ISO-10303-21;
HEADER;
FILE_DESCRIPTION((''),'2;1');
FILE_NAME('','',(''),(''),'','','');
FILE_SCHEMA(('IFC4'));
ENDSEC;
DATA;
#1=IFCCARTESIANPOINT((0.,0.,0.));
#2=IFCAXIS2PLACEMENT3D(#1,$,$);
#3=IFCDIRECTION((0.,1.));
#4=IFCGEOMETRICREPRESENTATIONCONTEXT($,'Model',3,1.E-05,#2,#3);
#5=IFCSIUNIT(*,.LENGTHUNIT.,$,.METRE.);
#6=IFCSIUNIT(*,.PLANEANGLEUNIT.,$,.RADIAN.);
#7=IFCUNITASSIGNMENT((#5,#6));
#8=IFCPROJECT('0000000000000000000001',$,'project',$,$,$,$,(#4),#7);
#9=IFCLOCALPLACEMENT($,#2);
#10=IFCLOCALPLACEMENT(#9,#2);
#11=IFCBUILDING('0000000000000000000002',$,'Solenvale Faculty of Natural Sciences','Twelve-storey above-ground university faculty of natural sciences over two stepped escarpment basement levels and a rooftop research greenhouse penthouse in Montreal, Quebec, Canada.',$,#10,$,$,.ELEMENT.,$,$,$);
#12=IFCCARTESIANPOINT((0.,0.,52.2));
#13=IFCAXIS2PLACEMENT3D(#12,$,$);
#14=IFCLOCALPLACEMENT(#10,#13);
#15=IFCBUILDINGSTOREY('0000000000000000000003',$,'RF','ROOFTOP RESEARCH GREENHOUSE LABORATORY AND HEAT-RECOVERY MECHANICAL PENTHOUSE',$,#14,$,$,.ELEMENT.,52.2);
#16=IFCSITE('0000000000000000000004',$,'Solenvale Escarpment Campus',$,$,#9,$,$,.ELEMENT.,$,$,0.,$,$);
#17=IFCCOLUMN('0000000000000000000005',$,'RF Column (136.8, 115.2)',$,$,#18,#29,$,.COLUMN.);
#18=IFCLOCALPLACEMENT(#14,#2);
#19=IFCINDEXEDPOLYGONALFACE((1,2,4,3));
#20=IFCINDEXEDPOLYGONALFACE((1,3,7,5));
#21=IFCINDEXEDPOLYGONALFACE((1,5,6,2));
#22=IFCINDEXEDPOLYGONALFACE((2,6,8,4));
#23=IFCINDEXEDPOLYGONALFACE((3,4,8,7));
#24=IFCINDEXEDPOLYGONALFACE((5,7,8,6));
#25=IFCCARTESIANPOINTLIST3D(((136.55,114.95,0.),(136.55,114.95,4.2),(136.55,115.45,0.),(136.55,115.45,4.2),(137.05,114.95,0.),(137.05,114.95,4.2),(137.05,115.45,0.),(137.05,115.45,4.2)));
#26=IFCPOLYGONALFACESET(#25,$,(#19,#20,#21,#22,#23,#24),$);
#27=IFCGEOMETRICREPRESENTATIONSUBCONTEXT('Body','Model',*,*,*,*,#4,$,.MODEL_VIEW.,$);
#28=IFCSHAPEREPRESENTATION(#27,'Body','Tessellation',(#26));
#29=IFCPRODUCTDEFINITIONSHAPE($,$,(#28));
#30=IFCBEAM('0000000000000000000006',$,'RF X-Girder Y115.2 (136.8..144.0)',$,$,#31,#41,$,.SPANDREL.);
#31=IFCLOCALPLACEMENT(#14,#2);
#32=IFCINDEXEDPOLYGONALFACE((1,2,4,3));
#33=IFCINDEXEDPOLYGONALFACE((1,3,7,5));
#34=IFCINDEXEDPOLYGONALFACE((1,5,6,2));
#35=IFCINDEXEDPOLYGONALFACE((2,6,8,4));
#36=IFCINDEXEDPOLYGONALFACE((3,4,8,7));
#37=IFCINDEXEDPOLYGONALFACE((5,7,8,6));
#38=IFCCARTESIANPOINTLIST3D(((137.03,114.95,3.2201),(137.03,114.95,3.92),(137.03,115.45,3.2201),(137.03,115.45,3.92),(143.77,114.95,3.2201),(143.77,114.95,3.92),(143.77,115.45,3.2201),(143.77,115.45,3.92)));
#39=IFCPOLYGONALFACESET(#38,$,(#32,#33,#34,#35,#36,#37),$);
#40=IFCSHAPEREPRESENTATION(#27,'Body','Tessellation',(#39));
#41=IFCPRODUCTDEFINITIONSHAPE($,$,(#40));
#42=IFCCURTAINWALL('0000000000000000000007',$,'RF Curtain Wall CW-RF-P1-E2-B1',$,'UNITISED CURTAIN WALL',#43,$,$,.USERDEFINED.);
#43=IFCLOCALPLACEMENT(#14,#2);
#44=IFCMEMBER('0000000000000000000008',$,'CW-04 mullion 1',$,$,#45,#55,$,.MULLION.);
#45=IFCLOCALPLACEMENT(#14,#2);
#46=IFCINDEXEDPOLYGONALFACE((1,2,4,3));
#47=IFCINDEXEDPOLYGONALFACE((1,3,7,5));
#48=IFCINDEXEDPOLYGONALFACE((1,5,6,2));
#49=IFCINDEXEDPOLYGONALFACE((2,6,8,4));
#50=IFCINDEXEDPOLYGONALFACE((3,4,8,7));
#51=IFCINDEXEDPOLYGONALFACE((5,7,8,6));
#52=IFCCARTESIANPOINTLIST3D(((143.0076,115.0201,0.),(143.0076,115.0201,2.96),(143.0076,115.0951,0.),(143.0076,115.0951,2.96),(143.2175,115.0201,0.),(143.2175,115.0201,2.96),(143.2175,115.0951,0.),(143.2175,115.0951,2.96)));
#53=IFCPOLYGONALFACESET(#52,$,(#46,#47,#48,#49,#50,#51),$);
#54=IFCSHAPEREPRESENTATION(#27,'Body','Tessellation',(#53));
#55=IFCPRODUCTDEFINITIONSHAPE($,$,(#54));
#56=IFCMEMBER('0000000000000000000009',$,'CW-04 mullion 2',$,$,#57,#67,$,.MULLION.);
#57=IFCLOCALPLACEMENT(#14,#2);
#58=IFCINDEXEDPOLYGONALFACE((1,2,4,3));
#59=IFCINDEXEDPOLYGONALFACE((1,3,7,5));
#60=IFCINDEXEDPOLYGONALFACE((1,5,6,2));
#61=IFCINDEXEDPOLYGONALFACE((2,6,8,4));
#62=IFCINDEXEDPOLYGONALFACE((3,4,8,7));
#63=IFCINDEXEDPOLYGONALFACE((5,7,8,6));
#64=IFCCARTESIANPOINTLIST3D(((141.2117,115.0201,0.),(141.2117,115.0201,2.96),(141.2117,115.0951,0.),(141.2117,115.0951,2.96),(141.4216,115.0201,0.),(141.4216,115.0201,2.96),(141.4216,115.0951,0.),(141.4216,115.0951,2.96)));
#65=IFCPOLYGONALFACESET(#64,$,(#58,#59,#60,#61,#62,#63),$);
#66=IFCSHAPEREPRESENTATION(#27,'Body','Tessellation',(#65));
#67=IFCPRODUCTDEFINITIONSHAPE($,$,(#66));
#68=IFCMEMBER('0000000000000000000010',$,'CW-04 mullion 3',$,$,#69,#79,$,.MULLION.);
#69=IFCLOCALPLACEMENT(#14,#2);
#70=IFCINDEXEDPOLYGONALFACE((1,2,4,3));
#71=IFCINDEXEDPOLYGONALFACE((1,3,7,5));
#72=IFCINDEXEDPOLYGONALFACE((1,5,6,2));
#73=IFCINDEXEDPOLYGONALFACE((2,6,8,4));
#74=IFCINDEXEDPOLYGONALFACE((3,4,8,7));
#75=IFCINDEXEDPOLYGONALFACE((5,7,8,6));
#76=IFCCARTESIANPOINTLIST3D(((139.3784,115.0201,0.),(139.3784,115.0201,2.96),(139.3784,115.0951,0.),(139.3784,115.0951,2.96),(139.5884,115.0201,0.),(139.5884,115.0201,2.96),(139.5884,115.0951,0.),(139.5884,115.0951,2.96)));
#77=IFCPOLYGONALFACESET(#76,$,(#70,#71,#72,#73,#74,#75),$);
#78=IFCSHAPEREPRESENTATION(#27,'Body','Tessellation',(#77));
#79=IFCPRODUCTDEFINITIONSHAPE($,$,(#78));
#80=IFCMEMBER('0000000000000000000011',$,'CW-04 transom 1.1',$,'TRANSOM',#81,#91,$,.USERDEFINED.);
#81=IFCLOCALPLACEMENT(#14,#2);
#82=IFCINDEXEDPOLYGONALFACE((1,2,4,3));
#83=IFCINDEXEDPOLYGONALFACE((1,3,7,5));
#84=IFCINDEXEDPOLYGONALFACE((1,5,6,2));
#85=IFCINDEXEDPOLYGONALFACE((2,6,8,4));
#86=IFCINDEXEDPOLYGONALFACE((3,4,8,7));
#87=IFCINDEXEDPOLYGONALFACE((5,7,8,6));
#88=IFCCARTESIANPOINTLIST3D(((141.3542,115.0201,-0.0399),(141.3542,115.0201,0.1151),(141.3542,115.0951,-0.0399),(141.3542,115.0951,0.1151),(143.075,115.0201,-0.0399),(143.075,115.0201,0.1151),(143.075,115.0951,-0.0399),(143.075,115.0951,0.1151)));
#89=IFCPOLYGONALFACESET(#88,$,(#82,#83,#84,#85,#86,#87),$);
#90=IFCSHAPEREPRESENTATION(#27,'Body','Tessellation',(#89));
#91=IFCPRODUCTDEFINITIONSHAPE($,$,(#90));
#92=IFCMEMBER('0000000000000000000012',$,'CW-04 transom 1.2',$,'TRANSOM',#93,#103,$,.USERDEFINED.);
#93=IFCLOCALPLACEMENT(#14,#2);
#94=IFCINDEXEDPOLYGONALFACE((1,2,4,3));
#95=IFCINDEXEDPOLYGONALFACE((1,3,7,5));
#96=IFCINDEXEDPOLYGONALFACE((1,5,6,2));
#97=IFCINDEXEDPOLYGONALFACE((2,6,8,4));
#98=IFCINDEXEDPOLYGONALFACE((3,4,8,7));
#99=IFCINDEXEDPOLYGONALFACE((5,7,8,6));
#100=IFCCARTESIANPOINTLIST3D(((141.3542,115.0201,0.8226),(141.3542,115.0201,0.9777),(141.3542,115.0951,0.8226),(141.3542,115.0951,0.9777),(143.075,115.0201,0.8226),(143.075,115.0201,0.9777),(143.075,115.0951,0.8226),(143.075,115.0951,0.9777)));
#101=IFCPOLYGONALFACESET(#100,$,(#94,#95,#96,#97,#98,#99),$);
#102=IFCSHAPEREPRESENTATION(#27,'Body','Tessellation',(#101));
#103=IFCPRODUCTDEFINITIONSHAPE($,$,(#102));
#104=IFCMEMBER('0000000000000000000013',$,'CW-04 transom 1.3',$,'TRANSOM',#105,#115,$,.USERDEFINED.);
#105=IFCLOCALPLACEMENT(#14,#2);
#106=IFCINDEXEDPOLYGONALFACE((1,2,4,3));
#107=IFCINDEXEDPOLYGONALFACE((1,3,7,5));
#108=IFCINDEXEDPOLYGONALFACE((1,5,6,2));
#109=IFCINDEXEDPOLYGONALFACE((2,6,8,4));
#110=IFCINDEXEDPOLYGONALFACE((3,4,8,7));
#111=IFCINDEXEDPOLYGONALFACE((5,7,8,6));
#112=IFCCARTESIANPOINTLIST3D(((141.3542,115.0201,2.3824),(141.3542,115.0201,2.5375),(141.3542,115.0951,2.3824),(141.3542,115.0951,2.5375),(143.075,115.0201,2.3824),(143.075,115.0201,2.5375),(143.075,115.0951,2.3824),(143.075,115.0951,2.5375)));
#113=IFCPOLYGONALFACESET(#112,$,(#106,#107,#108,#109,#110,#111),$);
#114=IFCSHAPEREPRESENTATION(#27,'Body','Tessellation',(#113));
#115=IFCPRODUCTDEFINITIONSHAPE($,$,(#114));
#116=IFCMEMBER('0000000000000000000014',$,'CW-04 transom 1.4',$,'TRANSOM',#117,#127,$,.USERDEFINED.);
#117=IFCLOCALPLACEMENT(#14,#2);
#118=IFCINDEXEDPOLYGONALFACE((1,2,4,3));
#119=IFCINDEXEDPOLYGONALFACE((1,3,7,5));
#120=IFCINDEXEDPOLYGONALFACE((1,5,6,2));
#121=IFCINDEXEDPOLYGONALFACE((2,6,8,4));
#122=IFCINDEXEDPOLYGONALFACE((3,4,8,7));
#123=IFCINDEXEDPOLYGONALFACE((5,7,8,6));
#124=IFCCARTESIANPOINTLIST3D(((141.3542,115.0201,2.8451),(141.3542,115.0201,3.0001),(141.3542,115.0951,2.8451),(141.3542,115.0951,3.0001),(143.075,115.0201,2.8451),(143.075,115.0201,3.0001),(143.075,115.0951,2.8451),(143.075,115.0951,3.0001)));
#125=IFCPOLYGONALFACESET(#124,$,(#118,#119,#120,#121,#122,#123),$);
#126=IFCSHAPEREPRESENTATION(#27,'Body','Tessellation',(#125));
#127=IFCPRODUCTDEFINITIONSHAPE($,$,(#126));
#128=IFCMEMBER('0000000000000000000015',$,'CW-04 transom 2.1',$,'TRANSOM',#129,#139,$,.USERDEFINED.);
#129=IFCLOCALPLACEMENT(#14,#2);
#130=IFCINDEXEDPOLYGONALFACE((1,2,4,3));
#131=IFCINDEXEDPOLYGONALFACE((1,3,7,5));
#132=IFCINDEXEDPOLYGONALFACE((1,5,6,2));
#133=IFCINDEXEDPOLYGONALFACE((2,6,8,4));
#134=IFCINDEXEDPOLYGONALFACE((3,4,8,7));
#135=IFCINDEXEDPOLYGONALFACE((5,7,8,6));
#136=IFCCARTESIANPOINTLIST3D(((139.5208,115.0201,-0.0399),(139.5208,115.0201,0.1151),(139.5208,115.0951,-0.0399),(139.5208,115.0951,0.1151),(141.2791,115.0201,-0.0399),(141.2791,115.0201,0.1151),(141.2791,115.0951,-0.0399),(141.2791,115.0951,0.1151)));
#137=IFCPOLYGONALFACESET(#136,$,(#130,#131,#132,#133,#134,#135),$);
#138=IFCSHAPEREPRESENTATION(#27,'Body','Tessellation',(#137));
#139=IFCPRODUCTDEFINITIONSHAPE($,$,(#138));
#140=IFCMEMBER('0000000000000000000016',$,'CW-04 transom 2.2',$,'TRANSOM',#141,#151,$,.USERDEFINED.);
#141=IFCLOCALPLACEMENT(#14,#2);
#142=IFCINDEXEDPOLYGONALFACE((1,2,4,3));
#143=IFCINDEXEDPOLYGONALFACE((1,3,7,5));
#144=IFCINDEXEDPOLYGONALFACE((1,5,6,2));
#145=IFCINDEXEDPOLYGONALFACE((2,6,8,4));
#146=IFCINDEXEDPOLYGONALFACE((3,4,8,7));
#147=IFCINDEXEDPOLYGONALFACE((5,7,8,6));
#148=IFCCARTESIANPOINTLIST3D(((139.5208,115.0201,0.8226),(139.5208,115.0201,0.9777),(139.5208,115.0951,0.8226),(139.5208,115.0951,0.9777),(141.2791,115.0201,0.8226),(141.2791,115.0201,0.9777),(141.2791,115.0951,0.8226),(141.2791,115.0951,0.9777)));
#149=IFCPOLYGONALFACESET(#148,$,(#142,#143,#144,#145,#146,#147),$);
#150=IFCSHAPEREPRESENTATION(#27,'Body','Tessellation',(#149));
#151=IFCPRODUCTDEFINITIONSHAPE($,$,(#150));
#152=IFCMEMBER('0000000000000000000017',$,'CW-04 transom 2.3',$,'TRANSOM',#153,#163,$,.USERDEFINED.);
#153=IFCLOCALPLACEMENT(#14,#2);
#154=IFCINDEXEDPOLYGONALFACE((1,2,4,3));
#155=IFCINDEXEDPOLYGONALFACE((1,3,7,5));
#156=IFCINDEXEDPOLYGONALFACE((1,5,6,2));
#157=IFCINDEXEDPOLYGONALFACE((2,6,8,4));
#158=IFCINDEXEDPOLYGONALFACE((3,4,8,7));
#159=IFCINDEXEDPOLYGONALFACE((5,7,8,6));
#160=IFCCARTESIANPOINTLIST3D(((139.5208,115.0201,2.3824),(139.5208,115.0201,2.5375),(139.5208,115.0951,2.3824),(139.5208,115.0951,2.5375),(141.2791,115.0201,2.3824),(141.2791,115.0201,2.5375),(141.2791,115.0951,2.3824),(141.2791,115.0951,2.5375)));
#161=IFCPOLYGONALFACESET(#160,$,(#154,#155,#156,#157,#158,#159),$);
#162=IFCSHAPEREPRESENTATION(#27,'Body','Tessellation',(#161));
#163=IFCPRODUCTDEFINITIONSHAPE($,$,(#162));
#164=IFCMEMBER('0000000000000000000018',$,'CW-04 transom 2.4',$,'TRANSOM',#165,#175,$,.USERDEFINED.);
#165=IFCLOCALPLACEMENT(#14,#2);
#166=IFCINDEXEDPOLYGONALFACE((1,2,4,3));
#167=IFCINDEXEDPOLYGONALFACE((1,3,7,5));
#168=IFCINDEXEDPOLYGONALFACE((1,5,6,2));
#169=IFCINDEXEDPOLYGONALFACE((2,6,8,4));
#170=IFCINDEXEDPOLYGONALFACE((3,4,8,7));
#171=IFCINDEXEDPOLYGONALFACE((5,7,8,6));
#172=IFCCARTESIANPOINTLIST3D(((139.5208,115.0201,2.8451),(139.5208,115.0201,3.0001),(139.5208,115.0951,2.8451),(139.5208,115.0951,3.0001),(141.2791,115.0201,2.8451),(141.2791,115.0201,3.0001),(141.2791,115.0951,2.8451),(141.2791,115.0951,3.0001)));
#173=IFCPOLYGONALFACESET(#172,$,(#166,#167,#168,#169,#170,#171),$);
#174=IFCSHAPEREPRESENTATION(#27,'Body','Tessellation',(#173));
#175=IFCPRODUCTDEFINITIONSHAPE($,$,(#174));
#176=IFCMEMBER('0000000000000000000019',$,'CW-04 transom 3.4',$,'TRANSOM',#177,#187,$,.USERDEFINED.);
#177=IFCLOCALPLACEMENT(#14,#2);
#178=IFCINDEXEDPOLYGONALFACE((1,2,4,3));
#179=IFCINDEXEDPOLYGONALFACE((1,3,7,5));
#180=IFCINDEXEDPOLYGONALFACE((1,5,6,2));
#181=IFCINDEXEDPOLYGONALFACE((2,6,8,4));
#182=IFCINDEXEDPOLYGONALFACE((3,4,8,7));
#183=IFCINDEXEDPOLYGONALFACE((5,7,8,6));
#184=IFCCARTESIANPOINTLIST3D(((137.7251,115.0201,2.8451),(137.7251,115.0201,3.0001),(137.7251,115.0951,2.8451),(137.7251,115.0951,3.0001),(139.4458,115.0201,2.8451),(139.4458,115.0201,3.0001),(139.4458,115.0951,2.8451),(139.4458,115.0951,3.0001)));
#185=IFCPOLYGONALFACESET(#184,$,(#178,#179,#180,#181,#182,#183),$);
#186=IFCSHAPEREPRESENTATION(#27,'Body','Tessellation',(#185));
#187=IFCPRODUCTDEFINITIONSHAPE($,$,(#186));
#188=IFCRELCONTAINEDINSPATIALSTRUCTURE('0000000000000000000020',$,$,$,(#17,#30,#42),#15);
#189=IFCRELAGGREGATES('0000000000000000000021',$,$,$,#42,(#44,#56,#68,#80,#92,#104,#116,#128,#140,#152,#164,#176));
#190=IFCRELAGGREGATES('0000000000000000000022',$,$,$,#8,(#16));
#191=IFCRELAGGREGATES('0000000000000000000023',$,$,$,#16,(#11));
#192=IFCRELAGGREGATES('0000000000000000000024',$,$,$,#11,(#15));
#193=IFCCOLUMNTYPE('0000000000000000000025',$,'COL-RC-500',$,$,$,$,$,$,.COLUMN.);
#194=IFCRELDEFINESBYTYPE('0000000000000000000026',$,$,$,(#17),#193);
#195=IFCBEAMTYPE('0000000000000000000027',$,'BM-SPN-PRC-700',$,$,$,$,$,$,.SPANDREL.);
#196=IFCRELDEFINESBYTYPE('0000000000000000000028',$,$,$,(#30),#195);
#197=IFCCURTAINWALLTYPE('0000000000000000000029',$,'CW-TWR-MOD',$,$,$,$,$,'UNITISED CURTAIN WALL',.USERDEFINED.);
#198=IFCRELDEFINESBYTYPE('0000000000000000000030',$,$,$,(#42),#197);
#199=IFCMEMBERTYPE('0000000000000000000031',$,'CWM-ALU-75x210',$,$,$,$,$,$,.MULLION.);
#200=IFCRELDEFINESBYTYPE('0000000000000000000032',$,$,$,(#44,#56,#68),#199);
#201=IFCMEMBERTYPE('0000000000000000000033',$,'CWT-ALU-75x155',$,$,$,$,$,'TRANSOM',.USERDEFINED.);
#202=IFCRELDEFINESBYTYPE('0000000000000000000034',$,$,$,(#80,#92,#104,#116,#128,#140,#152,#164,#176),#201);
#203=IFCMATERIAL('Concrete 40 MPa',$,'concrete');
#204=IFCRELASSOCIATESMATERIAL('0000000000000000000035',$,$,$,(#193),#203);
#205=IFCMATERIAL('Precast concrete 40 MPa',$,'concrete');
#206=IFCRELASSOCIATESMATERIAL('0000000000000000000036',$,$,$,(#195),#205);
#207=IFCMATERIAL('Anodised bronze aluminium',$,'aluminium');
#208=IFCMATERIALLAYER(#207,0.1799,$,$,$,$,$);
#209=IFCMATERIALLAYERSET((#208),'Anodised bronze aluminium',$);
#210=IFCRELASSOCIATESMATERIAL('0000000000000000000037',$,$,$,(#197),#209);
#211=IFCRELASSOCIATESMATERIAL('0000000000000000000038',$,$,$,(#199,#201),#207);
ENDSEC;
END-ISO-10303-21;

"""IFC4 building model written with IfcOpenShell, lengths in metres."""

from ifc_helpers import new_model, si_unit, direction, frame, origin, origin_2d, place, context, subcontext, project, spatial, rectangle, extrude, material, layer, layer_set, material_profile, profile_set, type_object, element, aggregate, save


model = new_model("IFC4")

# Units and contexts
model_context = context("Model", 3, precision=1e-05, world=origin(), true_north=direction((0.0, 1.0)))
body_context = subcontext(model_context, "Body", "Model", "MODEL_VIEW")
ifc_project = project(units=[si_unit("LENGTHUNIT", "METRE"), si_unit("PLANEANGLEUNIT", "RADIAN")], contexts=[model_context])

# Site, building, storey
site_placement = place(None, origin())
site = spatial("IfcSite", under=ifc_project, at=site_placement, Name="Solenvale Escarpment Campus", CompositionType="ELEMENT", RefElevation=0.0)
building_placement = place(site_placement, origin())
building = spatial("IfcBuilding", under=site, at=building_placement, Name="Solenvale Faculty of Natural Sciences", Description="Twelve-storey above-ground university faculty of natural sciences over two stepped escarpment basement levels and a rooftop research greenhouse penthouse in Montreal, Quebec, Canada.", CompositionType="ELEMENT")
storey_placement = place(building_placement, frame((0.0, 0.0, 52.2)))
storey = spatial("IfcBuildingStorey", under=building, at=storey_placement, Name="RF", Description="ROOFTOP RESEARCH GREENHOUSE LABORATORY AND HEAT-RECOVERY MECHANICAL PENTHOUSE", CompositionType="ELEMENT", Elevation=52.2)

# Column
ifc_material_1 = material(Name="Concrete 40 MPa", Category="concrete")
ifc_material_profile_1 = material_profile(ifc_material_1, rectangle(XDim=0.5, YDim=0.5, at=origin_2d()), Name="RC-COL-500x500")
ifc_profile_set_1 = profile_set([ifc_material_profile_1], Name="Concrete 40 MPa")
column_type = type_object("IfcColumnType", Name="COL-RC-500", PredefinedType="COLUMN", material=ifc_profile_set_1)
column_placement = place(storey_placement, frame((136.8, 115.2, 0.0), z_axis=(0.0, 0.0, 1.0), x_axis=(1.0, 0.0, 0.0)))
element("IfcColumn", 1, at=column_placement, inside=storey, type_object=column_type, Name="RF Column (136.8, 115.2)", PredefinedType="COLUMN", context=body_context, shape_type="SweptSolid", body=[
    extrude(rectangle(XDim=0.5, YDim=0.5, at=origin_2d()), origin(), (0.0, 0.0, 1.0), 4.2),
])

# Beam
ifc_material_2 = material(Name="Precast concrete 40 MPa", Category="concrete")
ifc_material_profile_2 = material_profile(ifc_material_2, rectangle(XDim=0.5, YDim=0.7, at=origin_2d()), Name="RC-BM-500x700")
ifc_profile_set_2 = profile_set([ifc_material_profile_2], Name="Precast concrete 40 MPa")
beam_type = type_object("IfcBeamType", Name="BM-SPN-PRC-700", PredefinedType="SPANDREL", material=ifc_profile_set_2)
beam_placement = place(storey_placement, frame((137.03, 115.2, 3.5701), z_axis=(1.0, 0.0, 0.0), x_axis=(0.0, 1.0, 0.0)))
element("IfcBeam", 2, at=beam_placement, inside=storey, type_object=beam_type, Name="RF X-Girder Y115.2 (136.8..144.0)", PredefinedType="SPANDREL", context=body_context, shape_type="SweptSolid", body=[
    extrude(rectangle(XDim=0.5, YDim=0.7, at=origin_2d()), origin(), (0.0, 0.0, 1.0), 6.74),
])

# Curtain wall, members
ifc_material_3 = material(Name="Anodised bronze aluminium", Category="aluminium")
ifc_layer_1 = layer(ifc_material_3, 0.1799)
ifc_layer_set_1 = layer_set([ifc_layer_1], Name="Anodised bronze aluminium")
curtain_wall_type = type_object("IfcCurtainWallType", Name="CW-TWR-MOD", ElementType="UNITISED CURTAIN WALL", PredefinedType="USERDEFINED", material=ifc_layer_set_1)
curtain_wall_placement = place(storey_placement, origin())
curtain_wall = element("IfcCurtainWall", 3, at=curtain_wall_placement, inside=storey, type_object=curtain_wall_type, Name="RF Curtain Wall CW-RF-P1-E2-B1", ObjectType="UNITISED CURTAIN WALL", PredefinedType="USERDEFINED")
ifc_material_profile_3 = material_profile(ifc_material_3, rectangle(XDim=0.075, YDim=0.21, at=origin_2d()), Name="ALU-MUL-75x210")
ifc_profile_set_3 = profile_set([ifc_material_profile_3], Name="Anodised bronze aluminium")
member_type_1 = type_object("IfcMemberType", Name="CWM-ALU-75x210", PredefinedType="MULLION", material=ifc_profile_set_3)
member_1_placement = place(storey_placement, frame((143.1125, 115.0576, 0.0), z_axis=(0.0, 0.0, 1.0), x_axis=(0.0, -1.0, 0.0)))
member_1 = element("IfcMember", 4, at=member_1_placement, type_object=member_type_1, Name="CW-04 mullion 1", PredefinedType="MULLION", context=body_context, shape_type="SweptSolid", body=[
    extrude(rectangle(XDim=0.075, YDim=0.21, at=origin_2d()), origin(), (0.0, 0.0, 1.0), 2.96),
])
member_2_placement = place(storey_placement, frame((141.3167, 115.0576, 0.0), z_axis=(0.0, 0.0, 1.0), x_axis=(0.0, -1.0, 0.0)))
member_2 = element("IfcMember", 5, at=member_2_placement, type_object=member_type_1, Name="CW-04 mullion 2", PredefinedType="MULLION", context=body_context, shape_type="SweptSolid", body=[
    extrude(rectangle(XDim=0.075, YDim=0.21, at=origin_2d()), origin(), (0.0, 0.0, 1.0), 2.96),
])
member_3_placement = place(storey_placement, frame((139.4834, 115.0576, 0.0), z_axis=(0.0, 0.0, 1.0), x_axis=(0.0, -1.0, 0.0)))
member_3 = element("IfcMember", 6, at=member_3_placement, type_object=member_type_1, Name="CW-04 mullion 3", PredefinedType="MULLION", context=body_context, shape_type="SweptSolid", body=[
    extrude(rectangle(XDim=0.075, YDim=0.21, at=origin_2d()), origin(), (0.0, 0.0, 1.0), 2.96),
])
ifc_material_profile_4 = material_profile(ifc_material_3, rectangle(XDim=0.075, YDim=0.155, at=origin_2d()), Name="ALU-TRN-75x155")
ifc_profile_set_4 = profile_set([ifc_material_profile_4], Name="Anodised bronze aluminium")
member_type_2 = type_object("IfcMemberType", Name="CWT-ALU-75x155", ElementType="TRANSOM", PredefinedType="USERDEFINED", material=ifc_profile_set_4)
member_4_placement = place(storey_placement, frame((143.075, 115.0576, 0.0376), z_axis=(-1.0, 0.0, 0.0), x_axis=(0.0, -1.0, 0.0)))
member_4 = element("IfcMember", 7, at=member_4_placement, type_object=member_type_2, Name="CW-04 transom 1.1", ObjectType="TRANSOM", PredefinedType="USERDEFINED", context=body_context, shape_type="SweptSolid", body=[
    extrude(rectangle(XDim=0.075, YDim=0.155, at=origin_2d()), origin(), (0.0, 0.0, 1.0), 1.7207),
])
member_5_placement = place(storey_placement, frame((143.075, 115.0576, 0.9001), z_axis=(-1.0, 0.0, 0.0), x_axis=(0.0, -1.0, 0.0)))
member_5 = element("IfcMember", 8, at=member_5_placement, type_object=member_type_2, Name="CW-04 transom 1.2", ObjectType="TRANSOM", PredefinedType="USERDEFINED", context=body_context, shape_type="SweptSolid", body=[
    extrude(rectangle(XDim=0.075, YDim=0.155, at=origin_2d()), origin(), (0.0, 0.0, 1.0), 1.7207),
])
member_6_placement = place(storey_placement, frame((143.075, 115.0576, 2.46), z_axis=(-1.0, 0.0, 0.0), x_axis=(0.0, -1.0, 0.0)))
member_6 = element("IfcMember", 9, at=member_6_placement, type_object=member_type_2, Name="CW-04 transom 1.3", ObjectType="TRANSOM", PredefinedType="USERDEFINED", context=body_context, shape_type="SweptSolid", body=[
    extrude(rectangle(XDim=0.075, YDim=0.155, at=origin_2d()), origin(), (0.0, 0.0, 1.0), 1.7207),
])
member_7_placement = place(storey_placement, frame((143.075, 115.0576, 2.9226), z_axis=(-1.0, 0.0, 0.0), x_axis=(0.0, -1.0, 0.0)))
member_7 = element("IfcMember", 10, at=member_7_placement, type_object=member_type_2, Name="CW-04 transom 1.4", ObjectType="TRANSOM", PredefinedType="USERDEFINED", context=body_context, shape_type="SweptSolid", body=[
    extrude(rectangle(XDim=0.075, YDim=0.155, at=origin_2d()), origin(), (0.0, 0.0, 1.0), 1.7207),
])
member_8_placement = place(storey_placement, frame((141.2791, 115.0576, 0.0376), z_axis=(-1.0, 0.0, 0.0), x_axis=(0.0, -1.0, 0.0)))
member_8 = element("IfcMember", 11, at=member_8_placement, type_object=member_type_2, Name="CW-04 transom 2.1", ObjectType="TRANSOM", PredefinedType="USERDEFINED", context=body_context, shape_type="SweptSolid", body=[
    extrude(rectangle(XDim=0.075, YDim=0.155, at=origin_2d()), origin(), (0.0, 0.0, 1.0), 1.7583),
])
member_9_placement = place(storey_placement, frame((141.2791, 115.0576, 0.9001), z_axis=(-1.0, 0.0, 0.0), x_axis=(0.0, -1.0, 0.0)))
member_9 = element("IfcMember", 12, at=member_9_placement, type_object=member_type_2, Name="CW-04 transom 2.2", ObjectType="TRANSOM", PredefinedType="USERDEFINED", context=body_context, shape_type="SweptSolid", body=[
    extrude(rectangle(XDim=0.075, YDim=0.155, at=origin_2d()), origin(), (0.0, 0.0, 1.0), 1.7583),
])
member_10_placement = place(storey_placement, frame((141.2791, 115.0576, 2.46), z_axis=(-1.0, 0.0, 0.0), x_axis=(0.0, -1.0, 0.0)))
member_10 = element("IfcMember", 13, at=member_10_placement, type_object=member_type_2, Name="CW-04 transom 2.3", ObjectType="TRANSOM", PredefinedType="USERDEFINED", context=body_context, shape_type="SweptSolid", body=[
    extrude(rectangle(XDim=0.075, YDim=0.155, at=origin_2d()), origin(), (0.0, 0.0, 1.0), 1.7583),
])
member_11_placement = place(storey_placement, frame((141.2791, 115.0576, 2.9226), z_axis=(-1.0, 0.0, 0.0), x_axis=(0.0, -1.0, 0.0)))
member_11 = element("IfcMember", 14, at=member_11_placement, type_object=member_type_2, Name="CW-04 transom 2.4", ObjectType="TRANSOM", PredefinedType="USERDEFINED", context=body_context, shape_type="SweptSolid", body=[
    extrude(rectangle(XDim=0.075, YDim=0.155, at=origin_2d()), origin(), (0.0, 0.0, 1.0), 1.7583),
])
member_12_placement = place(storey_placement, frame((139.4458, 115.0576, 2.9226), z_axis=(-1.0, 0.0, 0.0), x_axis=(0.0, -1.0, 0.0)))
member_12 = element("IfcMember", 15, at=member_12_placement, type_object=member_type_2, Name="CW-04 transom 3.4", ObjectType="TRANSOM", PredefinedType="USERDEFINED", context=body_context, shape_type="SweptSolid", body=[
    extrude(rectangle(XDim=0.075, YDim=0.155, at=origin_2d()), origin(), (0.0, 0.0, 1.0), 1.7207),
])
aggregate(curtain_wall, [member_1, member_2, member_3, member_4, member_5, member_6, member_7, member_8, member_9, member_10, member_11, member_12])

save(model, "model.ifc")
